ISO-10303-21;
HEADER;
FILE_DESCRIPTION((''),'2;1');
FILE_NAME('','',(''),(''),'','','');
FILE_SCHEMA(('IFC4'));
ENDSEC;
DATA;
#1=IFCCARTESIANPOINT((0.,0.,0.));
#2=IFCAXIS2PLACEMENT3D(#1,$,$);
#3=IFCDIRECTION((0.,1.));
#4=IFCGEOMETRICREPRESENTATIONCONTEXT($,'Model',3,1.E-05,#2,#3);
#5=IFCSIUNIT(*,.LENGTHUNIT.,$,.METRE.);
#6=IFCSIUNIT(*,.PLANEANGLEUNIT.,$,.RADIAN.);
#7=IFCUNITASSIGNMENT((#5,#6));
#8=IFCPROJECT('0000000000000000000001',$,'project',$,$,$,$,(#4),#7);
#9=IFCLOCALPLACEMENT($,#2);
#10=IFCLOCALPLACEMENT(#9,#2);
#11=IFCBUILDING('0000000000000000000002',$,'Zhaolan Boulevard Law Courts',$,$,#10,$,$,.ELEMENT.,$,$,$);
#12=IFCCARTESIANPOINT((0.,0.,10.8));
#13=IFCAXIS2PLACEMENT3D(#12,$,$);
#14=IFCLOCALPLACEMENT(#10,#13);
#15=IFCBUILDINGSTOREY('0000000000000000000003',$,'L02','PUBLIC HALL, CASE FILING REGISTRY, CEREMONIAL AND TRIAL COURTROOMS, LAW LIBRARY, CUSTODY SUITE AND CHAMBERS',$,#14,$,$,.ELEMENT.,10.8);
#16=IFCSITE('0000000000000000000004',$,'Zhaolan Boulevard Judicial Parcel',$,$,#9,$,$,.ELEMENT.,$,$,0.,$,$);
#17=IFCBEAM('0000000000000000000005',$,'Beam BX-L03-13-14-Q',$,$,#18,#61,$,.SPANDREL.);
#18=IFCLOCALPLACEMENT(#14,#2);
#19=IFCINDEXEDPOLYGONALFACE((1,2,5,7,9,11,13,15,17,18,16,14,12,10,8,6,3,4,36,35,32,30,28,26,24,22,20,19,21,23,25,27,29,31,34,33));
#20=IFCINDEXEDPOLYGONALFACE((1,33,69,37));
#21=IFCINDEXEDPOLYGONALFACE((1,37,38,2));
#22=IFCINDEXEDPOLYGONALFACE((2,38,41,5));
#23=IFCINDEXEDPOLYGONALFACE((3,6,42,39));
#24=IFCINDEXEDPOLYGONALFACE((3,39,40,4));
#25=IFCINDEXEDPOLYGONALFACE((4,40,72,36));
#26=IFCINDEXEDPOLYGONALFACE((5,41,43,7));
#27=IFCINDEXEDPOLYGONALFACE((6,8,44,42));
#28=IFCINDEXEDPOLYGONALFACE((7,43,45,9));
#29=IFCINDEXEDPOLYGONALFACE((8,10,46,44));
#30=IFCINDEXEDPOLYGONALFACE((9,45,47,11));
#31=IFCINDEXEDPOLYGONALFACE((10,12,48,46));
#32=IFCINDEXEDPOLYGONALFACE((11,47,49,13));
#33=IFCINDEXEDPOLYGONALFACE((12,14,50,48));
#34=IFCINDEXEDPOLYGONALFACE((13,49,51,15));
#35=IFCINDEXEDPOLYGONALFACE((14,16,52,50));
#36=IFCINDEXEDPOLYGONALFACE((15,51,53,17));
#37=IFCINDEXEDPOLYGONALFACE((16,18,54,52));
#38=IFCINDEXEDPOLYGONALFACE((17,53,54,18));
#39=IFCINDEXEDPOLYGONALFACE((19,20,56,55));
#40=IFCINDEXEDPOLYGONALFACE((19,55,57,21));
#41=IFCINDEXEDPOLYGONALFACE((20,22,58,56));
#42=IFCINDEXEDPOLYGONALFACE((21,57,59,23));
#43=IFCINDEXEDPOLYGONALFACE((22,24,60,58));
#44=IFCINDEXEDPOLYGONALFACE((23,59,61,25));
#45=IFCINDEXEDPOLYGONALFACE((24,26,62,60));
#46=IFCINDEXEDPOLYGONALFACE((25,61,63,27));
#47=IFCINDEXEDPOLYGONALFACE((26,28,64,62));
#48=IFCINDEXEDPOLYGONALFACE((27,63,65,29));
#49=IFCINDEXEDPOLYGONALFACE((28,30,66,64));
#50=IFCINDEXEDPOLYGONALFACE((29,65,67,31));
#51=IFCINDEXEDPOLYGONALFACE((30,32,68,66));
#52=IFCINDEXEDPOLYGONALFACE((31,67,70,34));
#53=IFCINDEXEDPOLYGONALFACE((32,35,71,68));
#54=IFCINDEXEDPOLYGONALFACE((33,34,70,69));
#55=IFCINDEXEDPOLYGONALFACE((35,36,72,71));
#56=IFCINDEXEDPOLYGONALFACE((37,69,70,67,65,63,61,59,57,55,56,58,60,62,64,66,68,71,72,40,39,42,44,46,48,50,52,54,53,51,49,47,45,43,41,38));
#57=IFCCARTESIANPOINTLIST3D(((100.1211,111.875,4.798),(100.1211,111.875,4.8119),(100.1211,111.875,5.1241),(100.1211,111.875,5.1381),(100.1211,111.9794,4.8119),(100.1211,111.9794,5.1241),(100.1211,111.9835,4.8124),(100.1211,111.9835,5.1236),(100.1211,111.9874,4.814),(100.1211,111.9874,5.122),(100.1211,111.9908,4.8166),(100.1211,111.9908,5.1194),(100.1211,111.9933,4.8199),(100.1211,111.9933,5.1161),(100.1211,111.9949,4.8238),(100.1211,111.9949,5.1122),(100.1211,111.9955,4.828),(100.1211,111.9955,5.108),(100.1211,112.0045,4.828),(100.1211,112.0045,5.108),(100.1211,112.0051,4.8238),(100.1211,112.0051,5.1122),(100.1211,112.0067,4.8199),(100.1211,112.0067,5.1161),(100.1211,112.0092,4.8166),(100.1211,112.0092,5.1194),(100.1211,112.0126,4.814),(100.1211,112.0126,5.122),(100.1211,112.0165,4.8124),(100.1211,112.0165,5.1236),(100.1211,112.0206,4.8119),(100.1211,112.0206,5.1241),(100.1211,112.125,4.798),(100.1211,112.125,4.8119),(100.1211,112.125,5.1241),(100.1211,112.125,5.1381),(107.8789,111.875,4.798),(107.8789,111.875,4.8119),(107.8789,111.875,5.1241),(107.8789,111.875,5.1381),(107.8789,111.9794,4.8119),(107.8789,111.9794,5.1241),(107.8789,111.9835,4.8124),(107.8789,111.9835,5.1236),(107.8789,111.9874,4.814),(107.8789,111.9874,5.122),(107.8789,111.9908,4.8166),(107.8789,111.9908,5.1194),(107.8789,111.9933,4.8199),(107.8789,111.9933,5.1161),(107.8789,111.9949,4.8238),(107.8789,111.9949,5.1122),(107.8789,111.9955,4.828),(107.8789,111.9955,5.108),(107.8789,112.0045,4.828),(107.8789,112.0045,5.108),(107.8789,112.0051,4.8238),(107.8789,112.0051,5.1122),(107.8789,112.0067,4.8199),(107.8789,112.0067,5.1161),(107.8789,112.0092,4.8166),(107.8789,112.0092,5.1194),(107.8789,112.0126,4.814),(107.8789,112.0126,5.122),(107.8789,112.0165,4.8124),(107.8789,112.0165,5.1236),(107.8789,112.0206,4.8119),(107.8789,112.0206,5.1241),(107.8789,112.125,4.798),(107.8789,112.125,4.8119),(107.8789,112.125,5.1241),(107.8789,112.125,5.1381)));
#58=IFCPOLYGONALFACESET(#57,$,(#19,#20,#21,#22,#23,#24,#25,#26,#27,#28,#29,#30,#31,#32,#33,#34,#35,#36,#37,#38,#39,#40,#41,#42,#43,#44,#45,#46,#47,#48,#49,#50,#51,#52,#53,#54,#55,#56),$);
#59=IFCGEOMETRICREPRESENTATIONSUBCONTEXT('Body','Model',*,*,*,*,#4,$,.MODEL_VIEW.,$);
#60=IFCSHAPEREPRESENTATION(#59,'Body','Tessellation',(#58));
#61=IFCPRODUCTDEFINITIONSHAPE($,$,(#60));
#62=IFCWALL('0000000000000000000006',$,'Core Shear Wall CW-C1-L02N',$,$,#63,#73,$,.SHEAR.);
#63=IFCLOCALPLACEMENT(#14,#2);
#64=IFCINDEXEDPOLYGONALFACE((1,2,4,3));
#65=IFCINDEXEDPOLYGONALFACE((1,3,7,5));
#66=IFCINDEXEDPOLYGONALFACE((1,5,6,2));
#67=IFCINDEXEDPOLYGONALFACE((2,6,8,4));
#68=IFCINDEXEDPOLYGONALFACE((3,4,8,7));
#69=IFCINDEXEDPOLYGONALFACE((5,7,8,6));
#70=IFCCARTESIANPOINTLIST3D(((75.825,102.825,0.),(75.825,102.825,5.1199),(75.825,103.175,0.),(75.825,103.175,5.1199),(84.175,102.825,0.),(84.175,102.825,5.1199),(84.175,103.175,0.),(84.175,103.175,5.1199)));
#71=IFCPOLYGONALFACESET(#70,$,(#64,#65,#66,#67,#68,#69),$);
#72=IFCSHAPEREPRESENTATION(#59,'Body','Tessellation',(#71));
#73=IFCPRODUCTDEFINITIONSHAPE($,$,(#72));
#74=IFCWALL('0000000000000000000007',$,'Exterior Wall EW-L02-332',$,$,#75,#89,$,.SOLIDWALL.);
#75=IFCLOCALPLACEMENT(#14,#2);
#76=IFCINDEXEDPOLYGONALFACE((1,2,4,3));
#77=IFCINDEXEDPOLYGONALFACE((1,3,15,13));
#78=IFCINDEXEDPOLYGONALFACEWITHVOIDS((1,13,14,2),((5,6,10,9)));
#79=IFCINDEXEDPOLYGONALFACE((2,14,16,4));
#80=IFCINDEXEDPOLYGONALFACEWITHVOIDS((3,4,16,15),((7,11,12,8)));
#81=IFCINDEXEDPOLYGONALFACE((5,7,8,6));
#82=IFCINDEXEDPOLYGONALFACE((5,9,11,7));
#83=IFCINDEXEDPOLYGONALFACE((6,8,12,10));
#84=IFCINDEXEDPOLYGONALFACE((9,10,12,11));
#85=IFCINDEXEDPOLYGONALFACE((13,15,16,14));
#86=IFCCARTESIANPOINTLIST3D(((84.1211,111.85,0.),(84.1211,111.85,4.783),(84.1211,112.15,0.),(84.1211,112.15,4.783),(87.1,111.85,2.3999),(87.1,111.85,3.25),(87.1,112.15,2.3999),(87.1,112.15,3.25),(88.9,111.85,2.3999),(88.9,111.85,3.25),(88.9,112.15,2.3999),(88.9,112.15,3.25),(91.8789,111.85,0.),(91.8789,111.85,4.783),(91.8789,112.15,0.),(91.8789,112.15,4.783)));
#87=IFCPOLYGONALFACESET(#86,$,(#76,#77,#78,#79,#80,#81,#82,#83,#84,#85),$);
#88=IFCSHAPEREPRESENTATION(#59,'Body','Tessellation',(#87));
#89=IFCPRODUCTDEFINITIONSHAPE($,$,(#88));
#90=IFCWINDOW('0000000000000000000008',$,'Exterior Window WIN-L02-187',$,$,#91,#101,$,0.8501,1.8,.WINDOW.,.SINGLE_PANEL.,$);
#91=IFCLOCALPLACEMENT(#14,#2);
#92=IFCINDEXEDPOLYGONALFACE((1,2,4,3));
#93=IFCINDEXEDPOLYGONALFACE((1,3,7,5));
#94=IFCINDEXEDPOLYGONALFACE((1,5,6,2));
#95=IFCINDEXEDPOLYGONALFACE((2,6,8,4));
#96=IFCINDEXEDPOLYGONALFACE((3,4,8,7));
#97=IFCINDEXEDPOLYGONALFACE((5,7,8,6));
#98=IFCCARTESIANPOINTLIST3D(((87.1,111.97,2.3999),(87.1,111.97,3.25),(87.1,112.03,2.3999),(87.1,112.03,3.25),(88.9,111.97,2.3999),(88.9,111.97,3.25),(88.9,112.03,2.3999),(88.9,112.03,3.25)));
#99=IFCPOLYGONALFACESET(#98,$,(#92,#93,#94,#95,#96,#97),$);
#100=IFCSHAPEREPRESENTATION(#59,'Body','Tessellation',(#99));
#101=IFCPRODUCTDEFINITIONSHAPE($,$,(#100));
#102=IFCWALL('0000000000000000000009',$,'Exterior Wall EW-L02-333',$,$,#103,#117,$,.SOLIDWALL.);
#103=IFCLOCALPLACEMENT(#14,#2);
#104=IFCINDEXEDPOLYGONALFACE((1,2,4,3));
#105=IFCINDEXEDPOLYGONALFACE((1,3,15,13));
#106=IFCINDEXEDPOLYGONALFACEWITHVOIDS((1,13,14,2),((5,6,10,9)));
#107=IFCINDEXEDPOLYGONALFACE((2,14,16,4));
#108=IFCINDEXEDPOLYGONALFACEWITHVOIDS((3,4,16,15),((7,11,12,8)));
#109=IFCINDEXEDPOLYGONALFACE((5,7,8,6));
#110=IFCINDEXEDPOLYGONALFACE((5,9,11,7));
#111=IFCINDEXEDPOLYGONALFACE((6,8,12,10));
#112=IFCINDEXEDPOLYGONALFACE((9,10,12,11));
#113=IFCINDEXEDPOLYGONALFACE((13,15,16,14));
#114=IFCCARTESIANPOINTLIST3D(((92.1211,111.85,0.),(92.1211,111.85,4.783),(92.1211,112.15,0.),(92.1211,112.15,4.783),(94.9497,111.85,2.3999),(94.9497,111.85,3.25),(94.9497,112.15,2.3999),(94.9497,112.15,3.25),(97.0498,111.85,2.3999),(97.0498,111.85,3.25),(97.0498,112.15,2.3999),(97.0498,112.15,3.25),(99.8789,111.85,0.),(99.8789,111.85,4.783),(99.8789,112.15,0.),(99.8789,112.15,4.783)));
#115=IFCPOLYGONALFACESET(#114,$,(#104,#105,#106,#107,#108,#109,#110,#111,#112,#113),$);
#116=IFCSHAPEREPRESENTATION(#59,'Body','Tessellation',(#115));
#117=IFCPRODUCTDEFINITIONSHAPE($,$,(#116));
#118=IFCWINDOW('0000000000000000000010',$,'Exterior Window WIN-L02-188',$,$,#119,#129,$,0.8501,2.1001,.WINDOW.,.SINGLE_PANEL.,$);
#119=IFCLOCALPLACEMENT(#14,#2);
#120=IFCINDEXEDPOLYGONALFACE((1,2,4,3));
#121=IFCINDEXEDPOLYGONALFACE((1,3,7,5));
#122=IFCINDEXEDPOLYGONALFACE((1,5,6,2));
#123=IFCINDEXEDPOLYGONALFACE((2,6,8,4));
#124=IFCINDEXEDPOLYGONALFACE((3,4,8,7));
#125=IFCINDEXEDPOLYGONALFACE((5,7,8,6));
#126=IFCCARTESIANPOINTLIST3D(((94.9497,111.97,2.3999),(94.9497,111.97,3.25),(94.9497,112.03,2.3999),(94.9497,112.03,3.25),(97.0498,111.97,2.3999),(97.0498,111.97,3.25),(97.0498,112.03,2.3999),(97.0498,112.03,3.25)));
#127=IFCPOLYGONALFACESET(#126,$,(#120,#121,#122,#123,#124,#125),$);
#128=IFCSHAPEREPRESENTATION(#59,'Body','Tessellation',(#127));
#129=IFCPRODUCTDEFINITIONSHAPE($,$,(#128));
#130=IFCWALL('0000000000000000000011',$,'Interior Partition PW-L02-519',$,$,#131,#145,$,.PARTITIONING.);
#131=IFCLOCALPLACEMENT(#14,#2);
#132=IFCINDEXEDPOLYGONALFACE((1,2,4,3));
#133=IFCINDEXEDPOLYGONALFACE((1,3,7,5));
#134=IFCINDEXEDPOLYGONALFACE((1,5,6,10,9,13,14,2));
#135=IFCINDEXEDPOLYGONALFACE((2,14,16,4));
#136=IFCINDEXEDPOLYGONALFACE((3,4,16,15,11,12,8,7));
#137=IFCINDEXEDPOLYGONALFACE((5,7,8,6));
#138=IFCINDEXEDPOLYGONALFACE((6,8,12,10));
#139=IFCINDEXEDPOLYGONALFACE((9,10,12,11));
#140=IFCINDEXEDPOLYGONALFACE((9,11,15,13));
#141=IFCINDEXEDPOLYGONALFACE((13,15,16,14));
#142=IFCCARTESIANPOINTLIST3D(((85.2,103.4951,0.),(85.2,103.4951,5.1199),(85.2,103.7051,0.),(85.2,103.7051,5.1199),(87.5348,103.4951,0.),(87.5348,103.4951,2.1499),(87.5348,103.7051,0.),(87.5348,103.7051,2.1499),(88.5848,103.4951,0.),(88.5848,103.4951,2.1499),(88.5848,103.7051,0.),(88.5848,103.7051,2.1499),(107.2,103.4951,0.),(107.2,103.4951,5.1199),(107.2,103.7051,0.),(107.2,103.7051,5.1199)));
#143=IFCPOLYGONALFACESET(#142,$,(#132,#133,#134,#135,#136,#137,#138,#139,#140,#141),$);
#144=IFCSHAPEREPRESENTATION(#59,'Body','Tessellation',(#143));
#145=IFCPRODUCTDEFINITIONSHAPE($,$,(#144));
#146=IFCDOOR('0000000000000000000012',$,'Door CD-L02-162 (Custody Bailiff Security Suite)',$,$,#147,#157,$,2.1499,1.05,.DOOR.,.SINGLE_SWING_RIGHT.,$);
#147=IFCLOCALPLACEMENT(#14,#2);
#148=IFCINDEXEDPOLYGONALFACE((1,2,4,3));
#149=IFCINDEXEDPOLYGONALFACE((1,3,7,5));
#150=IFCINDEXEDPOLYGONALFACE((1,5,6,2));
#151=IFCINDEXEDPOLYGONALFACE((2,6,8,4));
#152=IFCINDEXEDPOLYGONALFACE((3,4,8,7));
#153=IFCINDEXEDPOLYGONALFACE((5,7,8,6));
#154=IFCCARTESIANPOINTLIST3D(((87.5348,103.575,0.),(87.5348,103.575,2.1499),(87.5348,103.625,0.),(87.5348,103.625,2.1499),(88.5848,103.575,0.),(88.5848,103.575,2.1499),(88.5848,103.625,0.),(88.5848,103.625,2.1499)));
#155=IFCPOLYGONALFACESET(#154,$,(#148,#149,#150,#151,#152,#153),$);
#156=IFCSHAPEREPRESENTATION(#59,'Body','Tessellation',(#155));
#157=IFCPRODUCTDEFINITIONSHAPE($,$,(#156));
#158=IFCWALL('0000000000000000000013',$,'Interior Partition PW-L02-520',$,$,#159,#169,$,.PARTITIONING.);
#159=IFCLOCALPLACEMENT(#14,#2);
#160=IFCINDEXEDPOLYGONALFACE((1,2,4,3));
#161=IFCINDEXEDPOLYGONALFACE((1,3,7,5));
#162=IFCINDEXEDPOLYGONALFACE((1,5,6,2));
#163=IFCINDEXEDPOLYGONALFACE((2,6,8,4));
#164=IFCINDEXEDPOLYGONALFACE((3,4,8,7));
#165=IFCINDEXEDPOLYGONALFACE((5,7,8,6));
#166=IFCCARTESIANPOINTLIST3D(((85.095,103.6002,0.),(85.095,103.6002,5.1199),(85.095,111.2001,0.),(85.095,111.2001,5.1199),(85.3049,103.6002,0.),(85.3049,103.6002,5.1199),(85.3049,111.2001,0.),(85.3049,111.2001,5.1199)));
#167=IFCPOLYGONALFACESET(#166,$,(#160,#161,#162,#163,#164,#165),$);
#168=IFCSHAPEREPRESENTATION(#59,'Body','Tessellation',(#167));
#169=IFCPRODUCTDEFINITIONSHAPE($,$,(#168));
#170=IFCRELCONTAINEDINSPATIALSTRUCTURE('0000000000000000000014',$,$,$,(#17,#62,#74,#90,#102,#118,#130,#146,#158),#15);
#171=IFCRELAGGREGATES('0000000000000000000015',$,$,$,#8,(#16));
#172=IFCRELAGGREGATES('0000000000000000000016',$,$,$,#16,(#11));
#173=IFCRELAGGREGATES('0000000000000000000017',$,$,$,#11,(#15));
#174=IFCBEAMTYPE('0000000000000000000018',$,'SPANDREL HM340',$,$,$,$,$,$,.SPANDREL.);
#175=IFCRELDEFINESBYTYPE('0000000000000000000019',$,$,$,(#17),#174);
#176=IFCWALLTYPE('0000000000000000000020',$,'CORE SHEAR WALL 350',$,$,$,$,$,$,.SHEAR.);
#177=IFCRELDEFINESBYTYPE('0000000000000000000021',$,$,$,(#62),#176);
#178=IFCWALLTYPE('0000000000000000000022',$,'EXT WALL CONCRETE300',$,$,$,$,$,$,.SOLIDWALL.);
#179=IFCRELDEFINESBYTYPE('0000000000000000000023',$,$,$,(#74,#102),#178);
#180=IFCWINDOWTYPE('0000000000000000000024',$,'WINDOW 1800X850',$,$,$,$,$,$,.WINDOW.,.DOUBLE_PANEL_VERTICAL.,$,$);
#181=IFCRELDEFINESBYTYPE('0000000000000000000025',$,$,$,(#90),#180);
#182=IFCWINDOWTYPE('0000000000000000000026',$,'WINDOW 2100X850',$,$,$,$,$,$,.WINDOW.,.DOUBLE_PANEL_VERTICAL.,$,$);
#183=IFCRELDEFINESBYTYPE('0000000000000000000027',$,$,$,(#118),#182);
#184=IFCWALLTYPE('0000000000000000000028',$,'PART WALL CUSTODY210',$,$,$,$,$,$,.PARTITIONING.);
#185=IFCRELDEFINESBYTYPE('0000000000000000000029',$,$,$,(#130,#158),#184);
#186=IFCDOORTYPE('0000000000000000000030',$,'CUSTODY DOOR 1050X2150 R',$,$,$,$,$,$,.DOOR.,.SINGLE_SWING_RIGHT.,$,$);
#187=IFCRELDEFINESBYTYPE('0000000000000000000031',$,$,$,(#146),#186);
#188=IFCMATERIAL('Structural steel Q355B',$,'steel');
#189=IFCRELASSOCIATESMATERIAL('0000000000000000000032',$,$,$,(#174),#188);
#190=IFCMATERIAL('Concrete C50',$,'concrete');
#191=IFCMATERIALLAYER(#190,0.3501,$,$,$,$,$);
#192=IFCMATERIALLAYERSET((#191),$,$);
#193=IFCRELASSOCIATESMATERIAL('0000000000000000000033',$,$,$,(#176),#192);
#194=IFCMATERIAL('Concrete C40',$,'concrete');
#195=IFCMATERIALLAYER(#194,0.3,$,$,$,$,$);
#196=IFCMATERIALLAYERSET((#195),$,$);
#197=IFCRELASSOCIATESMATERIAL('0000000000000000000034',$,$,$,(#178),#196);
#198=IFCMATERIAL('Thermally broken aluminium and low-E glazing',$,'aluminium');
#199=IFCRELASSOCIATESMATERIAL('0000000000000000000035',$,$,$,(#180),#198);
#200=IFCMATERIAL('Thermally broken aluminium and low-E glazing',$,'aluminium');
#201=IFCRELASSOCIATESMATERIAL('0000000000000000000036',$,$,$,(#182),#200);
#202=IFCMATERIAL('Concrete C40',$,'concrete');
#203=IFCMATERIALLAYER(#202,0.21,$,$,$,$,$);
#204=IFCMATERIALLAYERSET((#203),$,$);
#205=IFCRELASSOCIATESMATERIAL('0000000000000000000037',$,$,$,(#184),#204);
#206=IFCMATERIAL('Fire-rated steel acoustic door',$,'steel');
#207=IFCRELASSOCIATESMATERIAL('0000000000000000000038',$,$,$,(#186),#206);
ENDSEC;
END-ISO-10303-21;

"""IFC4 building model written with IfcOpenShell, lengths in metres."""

from ifc_helpers import new_model, si_unit, direction, frame, frame_2d, origin, origin_2d, place, context, subcontext, project, spatial, rectangle, i_section, extrude, material, layer, layer_set, material_profile, profile_set, type_object, element, fill, save


model = new_model("IFC4")

# Units and contexts
model_context = context("Model", 3, precision=1e-05, world=origin(), true_north=direction((0.0, 1.0)))
body_context = subcontext(model_context, "Body", "Model", "MODEL_VIEW")
ifc_project = project(units=[si_unit("LENGTHUNIT", "METRE"), si_unit("PLANEANGLEUNIT", "RADIAN")], contexts=[model_context])

# Site, building, storey
site_placement = place(None, origin())
site = spatial("IfcSite", under=ifc_project, at=site_placement, Name="Zhaolan Boulevard Judicial Parcel", CompositionType="ELEMENT", RefElevation=0.0)
building_placement = place(site_placement, origin())
building = spatial("IfcBuilding", under=site, at=building_placement, Name="Zhaolan Boulevard Law Courts", CompositionType="ELEMENT")
storey_placement = place(building_placement, frame((0.0, 0.0, 10.8)))
storey = spatial("IfcBuildingStorey", under=building, at=storey_placement, Name="L02", Description="PUBLIC HALL, CASE FILING REGISTRY, CEREMONIAL AND TRIAL COURTROOMS, LAW LIBRARY, CUSTODY SUITE AND CHAMBERS", CompositionType="ELEMENT", Elevation=10.8)

# Beam
ifc_material_1 = material(Name="Structural steel Q355B", Category="steel")
ifc_material_profile_1 = material_profile(ifc_material_1, i_section(OverallWidth=0.25, OverallDepth=0.3401, WebThickness=0.009, FlangeThickness=0.0139, FilletRadius=0.0161, at=origin_2d()), Name="HM340x250")
ifc_profile_set_1 = profile_set([ifc_material_profile_1], Name="Structural steel Q355B")
beam_type_1 = type_object("IfcBeamType", Name="SPANDREL HM340", PredefinedType="SPANDREL", material=ifc_profile_set_1)
for number, where, z_axis, x_axis, name in (
    (1, (100.1211, 112.0, 4.968), (1.0, 0.0, 0.0), (0.0, 1.0, 0.0), "Beam BX-L03-13-14-Q"),
):
    element("IfcBeam", number, at=place(storey_placement, frame(where, z_axis=z_axis, x_axis=x_axis)), inside=storey, type_object=beam_type_1, Name=name, PredefinedType="SPANDREL", context=body_context, shape_type="SweptSolid", body=[
        extrude(i_section(OverallWidth=0.25, OverallDepth=0.3401, WebThickness=0.009, FlangeThickness=0.0139, FilletRadius=0.0161, at=origin_2d()), origin(), (0.0, 0.0, 1.0), 7.7578),
    ])

# Wall
ifc_material_2 = material(Name="Concrete C50", Category="concrete")
ifc_layer_1 = layer(ifc_material_2, 0.3501)
ifc_layer_set_1 = layer_set([ifc_layer_1])
wall_type_1 = type_object("IfcWallType", Name="CORE SHEAR WALL 350", PredefinedType="SHEAR", material=ifc_layer_set_1)
wall_1_placement = place(storey_placement, frame((84.175, 103.0, 0.0), z_axis=(0.0, 0.0, 1.0), x_axis=(-1.0, 0.0, 0.0)))
element("IfcWall", 2, at=wall_1_placement, inside=storey, type_object=wall_type_1, Name="Core Shear Wall CW-C1-L02N", PredefinedType="SHEAR", context=body_context, shape_type="SweptSolid", body=[
    extrude(rectangle(XDim=8.3501, YDim=0.3501, at=frame_2d((4.175, 0.0))), origin(), (0.0, 0.0, 1.0), 5.1199),
])

# Walls, openings, windows
ifc_material_3 = material(Name="Concrete C40", Category="concrete")
ifc_layer_2 = layer(ifc_material_3, 0.3)
ifc_layer_set_2 = layer_set([ifc_layer_2])
wall_type_2 = type_object("IfcWallType", Name="EXT WALL CONCRETE300", PredefinedType="SOLIDWALL", material=ifc_layer_set_2)
wall_2_placement = place(storey_placement, frame((91.8789, 112.0, 0.0), z_axis=(0.0, 0.0, 1.0), x_axis=(-1.0, 0.0, 0.0)))
wall_2 = element("IfcWall", 3, at=wall_2_placement, inside=storey, type_object=wall_type_2, Name="Exterior Wall EW-L02-332", PredefinedType="SOLIDWALL", context=body_context, shape_type="SweptSolid", body=[
    extrude(rectangle(XDim=7.7578, YDim=0.3, at=frame_2d((3.8789, 0.0))), origin(), (0.0, 0.0, 1.0), 4.783),
])
opening_1_placement = place(wall_2_placement, frame((2.979, 0.0, 2.3999)))
opening_1 = element("IfcOpeningElement", 4, at=opening_1_placement, cuts=wall_2, PredefinedType="OPENING", context=body_context, shape_type="SweptSolid", body=[
    extrude(rectangle(XDim=1.8, YDim=0.8501, at=frame_2d((0.8999, 0.425))), frame((0.0, 0.1599, 0.0), z_axis=(0.0, -1.0, 0.0), x_axis=(1.0, 0.0, 0.0)), (0.0, 0.0, 1.0), 0.3201),
])
ifc_material_4 = material(Name="Thermally broken aluminium and low-E glazing", Category="aluminium")
window_type_1 = type_object("IfcWindowType", Name="WINDOW 1800X850", PartitioningType="DOUBLE_PANEL_VERTICAL", PredefinedType="WINDOW", material=ifc_material_4)
window_1_placement = place(opening_1_placement, origin())
window_1 = element("IfcWindow", 5, at=window_1_placement, inside=storey, type_object=window_type_1, Name="Exterior Window WIN-L02-187", OverallHeight=0.8501, OverallWidth=1.8, PartitioningType="SINGLE_PANEL", PredefinedType="WINDOW", context=body_context, shape_type="SweptSolid", body=[
    extrude(rectangle(XDim=1.8, YDim=0.8501, at=frame_2d((0.8999, 0.425))), frame((0.0, 0.03, 0.0), z_axis=(0.0, -1.0, 0.0), x_axis=(1.0, 0.0, 0.0)), (0.0, 0.0, 1.0), 0.0601),
])
fill(opening_1, window_1)
wall_3_placement = place(storey_placement, frame((99.8789, 112.0, 0.0), z_axis=(0.0, 0.0, 1.0), x_axis=(-1.0, 0.0, 0.0)))
wall_3 = element("IfcWall", 6, at=wall_3_placement, inside=storey, type_object=wall_type_2, Name="Exterior Wall EW-L02-333", PredefinedType="SOLIDWALL", context=body_context, shape_type="SweptSolid", body=[
    extrude(rectangle(XDim=7.7578, YDim=0.3, at=frame_2d((3.8789, 0.0))), origin(), (0.0, 0.0, 1.0), 4.783),
])
opening_2_placement = place(wall_3_placement, frame((2.8291, 0.0, 2.3999)))
opening_2 = element("IfcOpeningElement", 7, at=opening_2_placement, cuts=wall_3, PredefinedType="OPENING", context=body_context, shape_type="SweptSolid", body=[
    extrude(rectangle(XDim=2.1001, YDim=0.8501, at=frame_2d((1.05, 0.425))), frame((0.0, 0.1599, 0.0), z_axis=(0.0, -1.0, 0.0), x_axis=(1.0, 0.0, 0.0)), (0.0, 0.0, 1.0), 0.3201),
])
ifc_material_5 = material(Name="Thermally broken aluminium and low-E glazing", Category="aluminium")
window_type_2 = type_object("IfcWindowType", Name="WINDOW 2100X850", PartitioningType="DOUBLE_PANEL_VERTICAL", PredefinedType="WINDOW", material=ifc_material_5)
window_2_placement = place(opening_2_placement, origin())
window_2 = element("IfcWindow", 8, at=window_2_placement, inside=storey, type_object=window_type_2, Name="Exterior Window WIN-L02-188", OverallHeight=0.8501, OverallWidth=2.1001, PartitioningType="SINGLE_PANEL", PredefinedType="WINDOW", context=body_context, shape_type="SweptSolid", body=[
    extrude(rectangle(XDim=2.1001, YDim=0.8501, at=frame_2d((1.05, 0.425))), frame((0.0, 0.03, 0.0), z_axis=(0.0, -1.0, 0.0), x_axis=(1.0, 0.0, 0.0)), (0.0, 0.0, 1.0), 0.0601),
])
fill(opening_2, window_2)

# Wall, opening, door
ifc_material_6 = material(Name="Concrete C40", Category="concrete")
ifc_layer_3 = layer(ifc_material_6, 0.21)
ifc_layer_set_3 = layer_set([ifc_layer_3])
wall_type_3 = type_object("IfcWallType", Name="PART WALL CUSTODY210", PredefinedType="PARTITIONING", material=ifc_layer_set_3)
wall_4_placement = place(storey_placement, frame((85.2, 103.6001, 0.0), z_axis=(0.0, 0.0, 1.0), x_axis=(1.0, 0.0, 0.0)))
wall_4 = element("IfcWall", 9, at=wall_4_placement, inside=storey, type_object=wall_type_3, Name="Interior Partition PW-L02-519", PredefinedType="PARTITIONING", context=body_context, shape_type="SweptSolid", body=[
    extrude(rectangle(XDim=22.0, YDim=0.21, at=frame_2d((11.0, 0.0))), origin(), (0.0, 0.0, 1.0), 5.1199),
])
opening_3_placement = place(wall_4_placement, frame((2.335, 0.0, 0.0)))
opening_3 = element("IfcOpeningElement", 10, at=opening_3_placement, cuts=wall_4, PredefinedType="OPENING", context=body_context, shape_type="SweptSolid", body=[
    extrude(rectangle(XDim=1.05, YDim=2.1499, at=frame_2d((0.5249, 1.075))), frame((0.0, 0.115, 0.0), z_axis=(0.0, -1.0, 0.0), x_axis=(1.0, 0.0, 0.0)), (0.0, 0.0, 1.0), 0.23),
])
ifc_material_7 = material(Name="Fire-rated steel acoustic door", Category="steel")
door_type_1 = type_object("IfcDoorType", Name="CUSTODY DOOR 1050X2150 R", OperationType="SINGLE_SWING_RIGHT", PredefinedType="DOOR", material=ifc_material_7)
door_1_placement = place(opening_3_placement, origin())
door_1 = element("IfcDoor", 11, at=door_1_placement, inside=storey, type_object=door_type_1, Name="Door CD-L02-162 (Custody Bailiff Security Suite)", OperationType="SINGLE_SWING_RIGHT", OverallHeight=2.1499, OverallWidth=1.05, PredefinedType="DOOR", context=body_context, shape_type="SweptSolid", body=[
    extrude(rectangle(XDim=1.05, YDim=2.1499, at=frame_2d((0.5249, 1.075))), frame((0.0, 0.0249, 0.0), z_axis=(0.0, -1.0, 0.0), x_axis=(1.0, 0.0, 0.0)), (0.0, 0.0, 1.0), 0.05),
])
fill(opening_3, door_1)

# Wall
wall_5_placement = place(storey_placement, frame((85.2, 111.2, 0.0), z_axis=(0.0, 0.0, 1.0), x_axis=(0.0, -1.0, 0.0)))
element("IfcWall", 12, at=wall_5_placement, inside=storey, type_object=wall_type_3, Name="Interior Partition PW-L02-520", PredefinedType="PARTITIONING", context=body_context, shape_type="SweptSolid", body=[
    extrude(rectangle(XDim=7.5999, YDim=0.21, at=frame_2d((3.7998, 0.0))), origin(), (0.0, 0.0, 1.0), 5.1199),
])

save(model, "model.ifc")
